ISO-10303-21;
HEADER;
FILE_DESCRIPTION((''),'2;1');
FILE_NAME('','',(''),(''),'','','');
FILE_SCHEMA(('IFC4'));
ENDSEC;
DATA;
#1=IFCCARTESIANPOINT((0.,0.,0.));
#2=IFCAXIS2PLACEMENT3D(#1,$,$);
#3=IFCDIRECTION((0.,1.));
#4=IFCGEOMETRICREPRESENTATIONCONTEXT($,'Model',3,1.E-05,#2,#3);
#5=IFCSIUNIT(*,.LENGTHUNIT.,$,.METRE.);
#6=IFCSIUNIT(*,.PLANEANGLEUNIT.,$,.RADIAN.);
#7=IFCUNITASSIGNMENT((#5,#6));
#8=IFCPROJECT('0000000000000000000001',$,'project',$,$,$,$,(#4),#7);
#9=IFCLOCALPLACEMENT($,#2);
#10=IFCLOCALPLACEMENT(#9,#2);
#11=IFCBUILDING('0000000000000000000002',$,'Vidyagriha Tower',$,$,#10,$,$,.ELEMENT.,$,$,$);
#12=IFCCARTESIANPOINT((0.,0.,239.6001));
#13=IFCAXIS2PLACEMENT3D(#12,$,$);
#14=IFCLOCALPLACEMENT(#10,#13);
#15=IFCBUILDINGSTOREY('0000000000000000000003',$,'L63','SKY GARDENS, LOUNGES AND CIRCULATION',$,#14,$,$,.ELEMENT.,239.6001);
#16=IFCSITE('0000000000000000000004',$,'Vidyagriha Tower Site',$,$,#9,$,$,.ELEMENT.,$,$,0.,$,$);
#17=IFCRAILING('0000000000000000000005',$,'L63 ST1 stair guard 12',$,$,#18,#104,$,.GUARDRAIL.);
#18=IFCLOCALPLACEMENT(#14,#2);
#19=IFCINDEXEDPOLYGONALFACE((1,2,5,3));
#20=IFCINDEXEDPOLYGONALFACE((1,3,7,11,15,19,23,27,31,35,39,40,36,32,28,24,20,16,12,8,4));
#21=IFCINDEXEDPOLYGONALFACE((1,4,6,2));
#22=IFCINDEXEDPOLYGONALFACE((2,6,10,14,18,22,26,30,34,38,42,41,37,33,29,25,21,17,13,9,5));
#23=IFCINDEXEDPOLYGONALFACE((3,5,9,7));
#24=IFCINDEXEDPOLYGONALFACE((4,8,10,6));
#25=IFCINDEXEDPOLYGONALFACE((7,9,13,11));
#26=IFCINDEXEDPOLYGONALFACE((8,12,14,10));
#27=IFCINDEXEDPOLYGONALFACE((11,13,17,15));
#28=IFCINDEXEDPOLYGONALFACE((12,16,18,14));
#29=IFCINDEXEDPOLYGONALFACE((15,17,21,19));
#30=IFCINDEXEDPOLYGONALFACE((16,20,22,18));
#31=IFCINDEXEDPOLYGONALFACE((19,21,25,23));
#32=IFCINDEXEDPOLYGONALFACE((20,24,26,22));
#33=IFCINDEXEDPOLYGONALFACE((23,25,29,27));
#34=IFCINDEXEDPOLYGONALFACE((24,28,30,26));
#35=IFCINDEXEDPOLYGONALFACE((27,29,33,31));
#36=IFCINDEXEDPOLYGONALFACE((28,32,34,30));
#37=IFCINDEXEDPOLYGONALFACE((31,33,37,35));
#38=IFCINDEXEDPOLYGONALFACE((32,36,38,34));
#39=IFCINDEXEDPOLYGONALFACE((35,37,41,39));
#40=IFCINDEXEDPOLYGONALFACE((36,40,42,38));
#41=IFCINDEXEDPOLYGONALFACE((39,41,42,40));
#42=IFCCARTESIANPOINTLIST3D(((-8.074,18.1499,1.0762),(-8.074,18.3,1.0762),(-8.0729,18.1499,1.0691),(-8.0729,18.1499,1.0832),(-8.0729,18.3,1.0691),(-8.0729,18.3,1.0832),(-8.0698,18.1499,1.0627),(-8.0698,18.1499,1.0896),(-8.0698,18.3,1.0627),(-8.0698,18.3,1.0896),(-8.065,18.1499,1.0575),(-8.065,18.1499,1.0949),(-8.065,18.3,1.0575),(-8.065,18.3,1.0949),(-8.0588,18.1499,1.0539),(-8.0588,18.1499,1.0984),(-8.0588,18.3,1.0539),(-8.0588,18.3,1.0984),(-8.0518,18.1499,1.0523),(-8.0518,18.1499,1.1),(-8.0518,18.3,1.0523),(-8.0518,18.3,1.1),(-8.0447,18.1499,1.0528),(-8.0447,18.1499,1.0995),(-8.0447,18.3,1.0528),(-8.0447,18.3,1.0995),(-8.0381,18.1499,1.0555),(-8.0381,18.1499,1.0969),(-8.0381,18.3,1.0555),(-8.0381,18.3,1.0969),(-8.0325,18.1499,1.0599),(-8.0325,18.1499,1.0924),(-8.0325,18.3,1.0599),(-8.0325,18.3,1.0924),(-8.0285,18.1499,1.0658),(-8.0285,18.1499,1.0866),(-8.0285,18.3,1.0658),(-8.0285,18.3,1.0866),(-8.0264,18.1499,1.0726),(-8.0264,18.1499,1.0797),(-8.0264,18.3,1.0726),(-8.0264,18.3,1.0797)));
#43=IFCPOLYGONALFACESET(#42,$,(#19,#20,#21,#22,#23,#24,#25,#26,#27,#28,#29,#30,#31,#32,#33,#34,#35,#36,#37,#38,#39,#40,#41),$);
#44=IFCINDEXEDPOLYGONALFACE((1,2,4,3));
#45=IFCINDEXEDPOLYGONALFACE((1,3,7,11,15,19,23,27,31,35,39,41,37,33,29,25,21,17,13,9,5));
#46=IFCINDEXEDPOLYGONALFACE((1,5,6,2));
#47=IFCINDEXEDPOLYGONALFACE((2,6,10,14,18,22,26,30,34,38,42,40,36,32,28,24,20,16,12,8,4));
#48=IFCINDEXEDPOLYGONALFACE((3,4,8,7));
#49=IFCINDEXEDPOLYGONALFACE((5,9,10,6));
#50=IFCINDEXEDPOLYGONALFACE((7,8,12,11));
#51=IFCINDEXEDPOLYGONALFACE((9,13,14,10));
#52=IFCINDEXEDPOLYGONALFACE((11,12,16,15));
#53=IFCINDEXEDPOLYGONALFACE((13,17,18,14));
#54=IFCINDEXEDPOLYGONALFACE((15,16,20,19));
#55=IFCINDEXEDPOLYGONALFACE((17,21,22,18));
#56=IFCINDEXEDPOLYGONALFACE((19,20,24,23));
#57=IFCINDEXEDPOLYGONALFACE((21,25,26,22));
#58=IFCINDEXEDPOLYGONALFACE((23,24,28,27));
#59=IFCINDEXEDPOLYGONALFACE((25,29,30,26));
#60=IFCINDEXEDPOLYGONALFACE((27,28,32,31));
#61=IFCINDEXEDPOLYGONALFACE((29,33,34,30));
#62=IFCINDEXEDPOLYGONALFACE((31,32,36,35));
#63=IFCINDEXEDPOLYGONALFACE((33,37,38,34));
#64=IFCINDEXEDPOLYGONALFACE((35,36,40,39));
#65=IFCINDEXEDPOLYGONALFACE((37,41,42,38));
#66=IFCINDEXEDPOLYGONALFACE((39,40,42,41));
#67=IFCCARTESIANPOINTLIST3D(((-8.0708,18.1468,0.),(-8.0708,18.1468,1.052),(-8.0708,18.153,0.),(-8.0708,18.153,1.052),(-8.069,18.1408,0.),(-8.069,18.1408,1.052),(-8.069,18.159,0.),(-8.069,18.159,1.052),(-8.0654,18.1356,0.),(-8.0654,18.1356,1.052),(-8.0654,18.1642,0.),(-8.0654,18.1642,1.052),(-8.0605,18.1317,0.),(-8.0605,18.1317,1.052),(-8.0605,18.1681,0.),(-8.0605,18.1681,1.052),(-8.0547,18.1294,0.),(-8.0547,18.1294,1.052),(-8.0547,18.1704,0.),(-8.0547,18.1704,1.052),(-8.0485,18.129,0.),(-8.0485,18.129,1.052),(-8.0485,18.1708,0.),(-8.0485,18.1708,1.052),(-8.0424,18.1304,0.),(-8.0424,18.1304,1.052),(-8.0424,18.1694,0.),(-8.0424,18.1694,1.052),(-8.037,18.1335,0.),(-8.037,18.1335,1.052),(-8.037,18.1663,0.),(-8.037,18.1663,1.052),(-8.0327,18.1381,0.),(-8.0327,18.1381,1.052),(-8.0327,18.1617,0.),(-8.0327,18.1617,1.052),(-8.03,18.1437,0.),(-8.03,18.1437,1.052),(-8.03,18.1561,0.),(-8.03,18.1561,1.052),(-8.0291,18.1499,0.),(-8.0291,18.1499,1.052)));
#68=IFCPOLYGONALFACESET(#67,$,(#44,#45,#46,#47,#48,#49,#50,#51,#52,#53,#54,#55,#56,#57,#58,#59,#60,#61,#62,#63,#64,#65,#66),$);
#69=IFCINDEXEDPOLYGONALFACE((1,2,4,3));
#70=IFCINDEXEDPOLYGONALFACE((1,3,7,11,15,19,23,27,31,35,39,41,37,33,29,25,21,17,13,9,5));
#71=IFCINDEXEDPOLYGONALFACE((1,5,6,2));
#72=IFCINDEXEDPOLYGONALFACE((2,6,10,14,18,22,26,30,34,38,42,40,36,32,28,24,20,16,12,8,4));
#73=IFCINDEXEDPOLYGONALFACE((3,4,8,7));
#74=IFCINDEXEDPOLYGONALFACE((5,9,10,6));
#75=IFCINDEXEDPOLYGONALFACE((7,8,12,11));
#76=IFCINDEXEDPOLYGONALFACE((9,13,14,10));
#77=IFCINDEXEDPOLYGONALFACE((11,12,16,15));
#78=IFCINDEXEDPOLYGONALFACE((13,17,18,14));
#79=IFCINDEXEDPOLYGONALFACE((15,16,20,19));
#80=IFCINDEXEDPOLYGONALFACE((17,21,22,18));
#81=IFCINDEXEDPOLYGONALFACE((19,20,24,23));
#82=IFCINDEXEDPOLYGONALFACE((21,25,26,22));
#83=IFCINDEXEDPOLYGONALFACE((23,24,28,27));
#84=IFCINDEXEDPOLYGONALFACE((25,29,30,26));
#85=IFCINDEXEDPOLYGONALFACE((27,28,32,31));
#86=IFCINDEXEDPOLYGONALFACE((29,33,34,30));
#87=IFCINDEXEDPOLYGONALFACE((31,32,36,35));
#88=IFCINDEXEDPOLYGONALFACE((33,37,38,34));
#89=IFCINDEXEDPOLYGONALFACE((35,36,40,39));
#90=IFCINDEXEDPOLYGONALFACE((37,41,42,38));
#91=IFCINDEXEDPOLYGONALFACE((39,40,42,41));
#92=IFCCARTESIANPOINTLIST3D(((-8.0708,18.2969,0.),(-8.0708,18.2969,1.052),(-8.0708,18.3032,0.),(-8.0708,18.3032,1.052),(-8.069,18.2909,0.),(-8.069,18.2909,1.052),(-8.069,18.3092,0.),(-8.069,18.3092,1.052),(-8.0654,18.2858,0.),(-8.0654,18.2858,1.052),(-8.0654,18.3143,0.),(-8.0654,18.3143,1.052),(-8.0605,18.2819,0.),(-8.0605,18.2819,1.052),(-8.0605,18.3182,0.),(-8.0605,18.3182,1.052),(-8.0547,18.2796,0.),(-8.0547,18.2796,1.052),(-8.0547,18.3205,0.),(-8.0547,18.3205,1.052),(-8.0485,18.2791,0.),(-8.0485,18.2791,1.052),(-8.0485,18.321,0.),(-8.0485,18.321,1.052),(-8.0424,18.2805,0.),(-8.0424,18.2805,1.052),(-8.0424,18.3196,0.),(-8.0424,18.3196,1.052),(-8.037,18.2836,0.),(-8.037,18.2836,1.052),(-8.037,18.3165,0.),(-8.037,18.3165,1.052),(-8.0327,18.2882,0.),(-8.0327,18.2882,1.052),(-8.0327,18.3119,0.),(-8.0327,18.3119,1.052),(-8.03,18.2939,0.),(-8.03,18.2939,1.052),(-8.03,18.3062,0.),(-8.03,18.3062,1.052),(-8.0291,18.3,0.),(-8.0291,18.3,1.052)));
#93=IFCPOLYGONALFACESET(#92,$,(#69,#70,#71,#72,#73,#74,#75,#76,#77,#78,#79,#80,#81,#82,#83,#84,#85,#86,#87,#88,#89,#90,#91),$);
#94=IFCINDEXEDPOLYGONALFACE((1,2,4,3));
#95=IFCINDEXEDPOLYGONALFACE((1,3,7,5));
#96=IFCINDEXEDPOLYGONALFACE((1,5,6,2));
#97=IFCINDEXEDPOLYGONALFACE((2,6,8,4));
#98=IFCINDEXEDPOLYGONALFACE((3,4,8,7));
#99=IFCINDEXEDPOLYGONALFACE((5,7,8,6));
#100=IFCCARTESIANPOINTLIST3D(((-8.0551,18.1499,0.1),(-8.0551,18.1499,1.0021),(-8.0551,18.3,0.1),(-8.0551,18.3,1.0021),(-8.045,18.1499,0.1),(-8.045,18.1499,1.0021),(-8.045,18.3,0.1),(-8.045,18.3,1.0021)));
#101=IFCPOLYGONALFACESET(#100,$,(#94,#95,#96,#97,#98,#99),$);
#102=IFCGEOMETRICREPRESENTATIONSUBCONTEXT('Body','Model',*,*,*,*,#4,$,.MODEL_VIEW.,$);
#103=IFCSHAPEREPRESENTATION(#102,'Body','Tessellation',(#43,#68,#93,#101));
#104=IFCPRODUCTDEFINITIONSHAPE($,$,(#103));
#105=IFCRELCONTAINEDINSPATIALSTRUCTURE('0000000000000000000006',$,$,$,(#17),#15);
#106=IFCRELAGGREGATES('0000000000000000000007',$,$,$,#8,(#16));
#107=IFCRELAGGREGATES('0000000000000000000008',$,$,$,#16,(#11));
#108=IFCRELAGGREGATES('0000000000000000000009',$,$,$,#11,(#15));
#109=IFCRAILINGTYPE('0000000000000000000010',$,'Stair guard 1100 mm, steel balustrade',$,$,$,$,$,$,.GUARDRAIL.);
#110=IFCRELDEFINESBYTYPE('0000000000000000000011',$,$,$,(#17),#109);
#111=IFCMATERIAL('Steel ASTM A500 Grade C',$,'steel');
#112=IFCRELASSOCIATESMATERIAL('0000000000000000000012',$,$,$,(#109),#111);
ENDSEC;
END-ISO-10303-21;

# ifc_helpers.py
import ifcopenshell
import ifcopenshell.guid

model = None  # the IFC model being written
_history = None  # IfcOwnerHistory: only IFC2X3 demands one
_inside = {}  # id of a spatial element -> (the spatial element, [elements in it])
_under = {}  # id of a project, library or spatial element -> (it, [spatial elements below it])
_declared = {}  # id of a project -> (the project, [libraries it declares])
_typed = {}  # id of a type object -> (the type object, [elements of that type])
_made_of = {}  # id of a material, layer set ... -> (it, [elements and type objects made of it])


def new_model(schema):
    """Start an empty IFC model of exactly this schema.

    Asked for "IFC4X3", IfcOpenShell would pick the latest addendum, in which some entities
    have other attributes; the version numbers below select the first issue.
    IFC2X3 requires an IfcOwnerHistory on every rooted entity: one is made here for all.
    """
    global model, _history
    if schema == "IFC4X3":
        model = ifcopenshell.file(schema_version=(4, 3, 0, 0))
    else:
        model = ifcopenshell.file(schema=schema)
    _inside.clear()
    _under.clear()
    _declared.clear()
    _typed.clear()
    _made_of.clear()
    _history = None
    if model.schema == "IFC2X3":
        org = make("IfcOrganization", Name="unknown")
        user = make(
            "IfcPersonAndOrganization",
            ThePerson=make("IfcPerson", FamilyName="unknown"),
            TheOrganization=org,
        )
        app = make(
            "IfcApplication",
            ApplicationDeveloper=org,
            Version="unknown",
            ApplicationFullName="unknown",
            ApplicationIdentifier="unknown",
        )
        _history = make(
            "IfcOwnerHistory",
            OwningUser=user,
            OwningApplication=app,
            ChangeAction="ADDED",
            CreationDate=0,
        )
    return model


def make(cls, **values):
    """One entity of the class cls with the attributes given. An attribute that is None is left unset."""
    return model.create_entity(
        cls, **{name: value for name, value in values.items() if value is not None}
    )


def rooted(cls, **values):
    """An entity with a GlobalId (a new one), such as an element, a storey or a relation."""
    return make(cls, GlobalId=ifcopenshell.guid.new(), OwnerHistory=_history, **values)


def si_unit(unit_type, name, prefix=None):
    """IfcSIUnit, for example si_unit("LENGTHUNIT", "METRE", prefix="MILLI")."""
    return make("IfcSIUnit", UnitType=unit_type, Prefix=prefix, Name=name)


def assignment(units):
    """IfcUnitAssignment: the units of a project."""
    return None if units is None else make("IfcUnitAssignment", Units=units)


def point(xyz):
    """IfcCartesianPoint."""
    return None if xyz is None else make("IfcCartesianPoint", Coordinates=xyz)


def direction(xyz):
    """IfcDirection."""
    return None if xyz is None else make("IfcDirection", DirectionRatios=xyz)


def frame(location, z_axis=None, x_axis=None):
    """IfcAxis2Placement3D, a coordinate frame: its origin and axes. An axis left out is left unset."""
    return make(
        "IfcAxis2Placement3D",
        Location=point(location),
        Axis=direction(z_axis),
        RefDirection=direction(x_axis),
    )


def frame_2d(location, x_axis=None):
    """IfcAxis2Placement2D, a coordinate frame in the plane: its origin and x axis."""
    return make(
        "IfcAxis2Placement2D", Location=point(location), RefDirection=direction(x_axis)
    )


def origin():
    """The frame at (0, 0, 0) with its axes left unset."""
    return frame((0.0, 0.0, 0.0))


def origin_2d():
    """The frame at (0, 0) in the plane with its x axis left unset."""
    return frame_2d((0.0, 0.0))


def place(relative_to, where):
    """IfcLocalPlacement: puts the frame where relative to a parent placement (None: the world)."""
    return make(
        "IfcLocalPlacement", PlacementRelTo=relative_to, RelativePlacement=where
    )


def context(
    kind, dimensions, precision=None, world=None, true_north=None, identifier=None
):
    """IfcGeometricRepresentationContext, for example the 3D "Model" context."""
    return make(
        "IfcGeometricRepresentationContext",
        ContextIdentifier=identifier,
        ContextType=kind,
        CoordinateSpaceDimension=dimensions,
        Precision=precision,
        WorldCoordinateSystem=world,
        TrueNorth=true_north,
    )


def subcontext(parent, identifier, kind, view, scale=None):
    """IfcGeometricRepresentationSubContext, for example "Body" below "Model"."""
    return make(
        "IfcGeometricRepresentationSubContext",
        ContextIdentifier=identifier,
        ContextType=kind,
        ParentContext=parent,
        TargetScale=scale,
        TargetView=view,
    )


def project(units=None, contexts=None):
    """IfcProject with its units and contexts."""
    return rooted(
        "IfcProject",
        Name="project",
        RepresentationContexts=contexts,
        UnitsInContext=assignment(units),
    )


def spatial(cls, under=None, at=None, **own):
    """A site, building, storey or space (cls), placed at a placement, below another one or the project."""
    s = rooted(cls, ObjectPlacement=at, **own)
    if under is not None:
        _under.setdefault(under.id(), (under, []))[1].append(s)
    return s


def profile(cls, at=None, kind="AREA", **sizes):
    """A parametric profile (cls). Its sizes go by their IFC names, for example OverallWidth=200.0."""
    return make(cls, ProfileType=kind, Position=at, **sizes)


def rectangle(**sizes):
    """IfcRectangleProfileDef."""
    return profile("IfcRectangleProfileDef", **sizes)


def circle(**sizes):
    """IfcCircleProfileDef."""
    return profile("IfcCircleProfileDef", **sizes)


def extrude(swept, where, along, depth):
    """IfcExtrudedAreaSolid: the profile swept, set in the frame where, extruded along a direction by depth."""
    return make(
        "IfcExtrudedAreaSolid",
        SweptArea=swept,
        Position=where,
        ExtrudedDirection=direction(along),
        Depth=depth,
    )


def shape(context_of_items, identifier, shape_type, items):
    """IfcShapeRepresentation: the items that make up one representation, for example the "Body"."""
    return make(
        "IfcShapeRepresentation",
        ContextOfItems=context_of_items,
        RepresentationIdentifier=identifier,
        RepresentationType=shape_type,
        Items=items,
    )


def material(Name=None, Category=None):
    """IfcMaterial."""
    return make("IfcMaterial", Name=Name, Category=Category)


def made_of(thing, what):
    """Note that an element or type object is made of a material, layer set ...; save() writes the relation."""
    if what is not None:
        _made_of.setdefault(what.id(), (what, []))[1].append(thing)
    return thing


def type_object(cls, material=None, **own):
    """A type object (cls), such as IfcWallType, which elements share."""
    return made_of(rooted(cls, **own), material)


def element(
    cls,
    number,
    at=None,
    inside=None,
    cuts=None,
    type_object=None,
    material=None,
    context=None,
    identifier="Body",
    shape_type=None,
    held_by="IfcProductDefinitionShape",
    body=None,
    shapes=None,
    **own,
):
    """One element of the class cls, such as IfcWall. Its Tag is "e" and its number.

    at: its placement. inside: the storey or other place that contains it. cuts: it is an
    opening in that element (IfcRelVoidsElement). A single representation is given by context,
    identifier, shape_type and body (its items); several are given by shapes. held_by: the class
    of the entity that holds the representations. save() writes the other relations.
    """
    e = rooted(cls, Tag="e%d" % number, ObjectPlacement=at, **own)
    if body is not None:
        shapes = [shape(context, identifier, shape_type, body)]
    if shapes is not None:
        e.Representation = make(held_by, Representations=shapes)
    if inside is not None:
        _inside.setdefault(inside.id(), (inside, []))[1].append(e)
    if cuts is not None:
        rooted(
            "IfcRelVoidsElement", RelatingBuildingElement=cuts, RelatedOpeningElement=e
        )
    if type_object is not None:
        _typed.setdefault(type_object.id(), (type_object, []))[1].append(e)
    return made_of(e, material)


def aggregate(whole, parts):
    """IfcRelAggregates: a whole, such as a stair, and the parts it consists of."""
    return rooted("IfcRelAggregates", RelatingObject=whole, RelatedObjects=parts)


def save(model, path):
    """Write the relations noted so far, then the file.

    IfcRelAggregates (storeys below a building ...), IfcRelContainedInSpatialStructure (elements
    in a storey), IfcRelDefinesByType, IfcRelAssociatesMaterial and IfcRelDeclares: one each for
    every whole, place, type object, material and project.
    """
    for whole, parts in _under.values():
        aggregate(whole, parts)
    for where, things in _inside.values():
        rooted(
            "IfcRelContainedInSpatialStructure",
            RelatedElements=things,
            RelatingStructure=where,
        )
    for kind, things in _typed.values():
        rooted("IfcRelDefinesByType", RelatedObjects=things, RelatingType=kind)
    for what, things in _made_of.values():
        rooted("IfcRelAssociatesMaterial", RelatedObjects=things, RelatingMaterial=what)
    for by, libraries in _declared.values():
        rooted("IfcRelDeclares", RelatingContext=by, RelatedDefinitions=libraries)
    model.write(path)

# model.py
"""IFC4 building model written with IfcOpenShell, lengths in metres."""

from ifc_helpers import new_model, si_unit, direction, frame, origin, origin_2d, place, context, subcontext, project, spatial, rectangle, circle, extrude, material, type_object, element, save


model = new_model("IFC4")

# Units and contexts
model_context = context("Model", 3, precision=1e-05, world=origin(), true_north=direction((0.0, 1.0)))
body_context = subcontext(model_context, "Body", "Model", "MODEL_VIEW")
ifc_project = project(units=[si_unit("LENGTHUNIT", "METRE"), si_unit("PLANEANGLEUNIT", "RADIAN")], contexts=[model_context])

# Site, building, storey
site_placement = place(None, origin())
site = spatial("IfcSite", under=ifc_project, at=site_placement, Name="Vidyagriha Tower Site", CompositionType="ELEMENT", RefElevation=0.0)
building_placement = place(site_placement, origin())
building = spatial("IfcBuilding", under=site, at=building_placement, Name="Vidyagriha Tower", CompositionType="ELEMENT")
storey_placement = place(building_placement, frame((0.0, 0.0, 239.6001)))
storey = spatial("IfcBuildingStorey", under=building, at=storey_placement, Name="L63", Description="SKY GARDENS, LOUNGES AND CIRCULATION", CompositionType="ELEMENT", Elevation=239.6001)

# Railing
ifc_material_1 = material(Name="Steel ASTM A500 Grade C", Category="steel")
railing_type_1 = type_object("IfcRailingType", Name="Stair guard 1100 mm, steel balustrade", PredefinedType="GUARDRAIL", material=ifc_material_1)
railing_1_placement = place(storey_placement, frame((-8.05, 18.1499, 0.0)))
element("IfcRailing", 1, at=railing_1_placement, inside=storey, type_object=railing_type_1, Name="L63 ST1 stair guard 12", PredefinedType="GUARDRAIL", context=body_context, shape_type="SweptSolid", body=[
    extrude(circle(Radius=0.0239, at=origin_2d()), frame((0.0, 0.0, 1.0762), z_axis=(0.0, 1.0, 0.0), x_axis=(-1.0, 0.0, 0.0)), (0.0, 0.0, 1.0), 0.1501),
    extrude(circle(Radius=0.021, at=origin_2d()), origin(), (0.0, 0.0, 1.0), 1.052),
    extrude(circle(Radius=0.021, at=origin_2d()), frame((0.0, 0.1501, 0.0)), (0.0, 0.0, 1.0), 1.052),
    extrude(rectangle(XDim=0.01, YDim=0.9021, at=origin_2d()), frame((0.0, 0.0, 0.551), z_axis=(0.0, 1.0, 0.0), x_axis=(-1.0, 0.0, 0.0)), (0.0, 0.0, 1.0), 0.1501),
])

save(model, "model.ifc")
